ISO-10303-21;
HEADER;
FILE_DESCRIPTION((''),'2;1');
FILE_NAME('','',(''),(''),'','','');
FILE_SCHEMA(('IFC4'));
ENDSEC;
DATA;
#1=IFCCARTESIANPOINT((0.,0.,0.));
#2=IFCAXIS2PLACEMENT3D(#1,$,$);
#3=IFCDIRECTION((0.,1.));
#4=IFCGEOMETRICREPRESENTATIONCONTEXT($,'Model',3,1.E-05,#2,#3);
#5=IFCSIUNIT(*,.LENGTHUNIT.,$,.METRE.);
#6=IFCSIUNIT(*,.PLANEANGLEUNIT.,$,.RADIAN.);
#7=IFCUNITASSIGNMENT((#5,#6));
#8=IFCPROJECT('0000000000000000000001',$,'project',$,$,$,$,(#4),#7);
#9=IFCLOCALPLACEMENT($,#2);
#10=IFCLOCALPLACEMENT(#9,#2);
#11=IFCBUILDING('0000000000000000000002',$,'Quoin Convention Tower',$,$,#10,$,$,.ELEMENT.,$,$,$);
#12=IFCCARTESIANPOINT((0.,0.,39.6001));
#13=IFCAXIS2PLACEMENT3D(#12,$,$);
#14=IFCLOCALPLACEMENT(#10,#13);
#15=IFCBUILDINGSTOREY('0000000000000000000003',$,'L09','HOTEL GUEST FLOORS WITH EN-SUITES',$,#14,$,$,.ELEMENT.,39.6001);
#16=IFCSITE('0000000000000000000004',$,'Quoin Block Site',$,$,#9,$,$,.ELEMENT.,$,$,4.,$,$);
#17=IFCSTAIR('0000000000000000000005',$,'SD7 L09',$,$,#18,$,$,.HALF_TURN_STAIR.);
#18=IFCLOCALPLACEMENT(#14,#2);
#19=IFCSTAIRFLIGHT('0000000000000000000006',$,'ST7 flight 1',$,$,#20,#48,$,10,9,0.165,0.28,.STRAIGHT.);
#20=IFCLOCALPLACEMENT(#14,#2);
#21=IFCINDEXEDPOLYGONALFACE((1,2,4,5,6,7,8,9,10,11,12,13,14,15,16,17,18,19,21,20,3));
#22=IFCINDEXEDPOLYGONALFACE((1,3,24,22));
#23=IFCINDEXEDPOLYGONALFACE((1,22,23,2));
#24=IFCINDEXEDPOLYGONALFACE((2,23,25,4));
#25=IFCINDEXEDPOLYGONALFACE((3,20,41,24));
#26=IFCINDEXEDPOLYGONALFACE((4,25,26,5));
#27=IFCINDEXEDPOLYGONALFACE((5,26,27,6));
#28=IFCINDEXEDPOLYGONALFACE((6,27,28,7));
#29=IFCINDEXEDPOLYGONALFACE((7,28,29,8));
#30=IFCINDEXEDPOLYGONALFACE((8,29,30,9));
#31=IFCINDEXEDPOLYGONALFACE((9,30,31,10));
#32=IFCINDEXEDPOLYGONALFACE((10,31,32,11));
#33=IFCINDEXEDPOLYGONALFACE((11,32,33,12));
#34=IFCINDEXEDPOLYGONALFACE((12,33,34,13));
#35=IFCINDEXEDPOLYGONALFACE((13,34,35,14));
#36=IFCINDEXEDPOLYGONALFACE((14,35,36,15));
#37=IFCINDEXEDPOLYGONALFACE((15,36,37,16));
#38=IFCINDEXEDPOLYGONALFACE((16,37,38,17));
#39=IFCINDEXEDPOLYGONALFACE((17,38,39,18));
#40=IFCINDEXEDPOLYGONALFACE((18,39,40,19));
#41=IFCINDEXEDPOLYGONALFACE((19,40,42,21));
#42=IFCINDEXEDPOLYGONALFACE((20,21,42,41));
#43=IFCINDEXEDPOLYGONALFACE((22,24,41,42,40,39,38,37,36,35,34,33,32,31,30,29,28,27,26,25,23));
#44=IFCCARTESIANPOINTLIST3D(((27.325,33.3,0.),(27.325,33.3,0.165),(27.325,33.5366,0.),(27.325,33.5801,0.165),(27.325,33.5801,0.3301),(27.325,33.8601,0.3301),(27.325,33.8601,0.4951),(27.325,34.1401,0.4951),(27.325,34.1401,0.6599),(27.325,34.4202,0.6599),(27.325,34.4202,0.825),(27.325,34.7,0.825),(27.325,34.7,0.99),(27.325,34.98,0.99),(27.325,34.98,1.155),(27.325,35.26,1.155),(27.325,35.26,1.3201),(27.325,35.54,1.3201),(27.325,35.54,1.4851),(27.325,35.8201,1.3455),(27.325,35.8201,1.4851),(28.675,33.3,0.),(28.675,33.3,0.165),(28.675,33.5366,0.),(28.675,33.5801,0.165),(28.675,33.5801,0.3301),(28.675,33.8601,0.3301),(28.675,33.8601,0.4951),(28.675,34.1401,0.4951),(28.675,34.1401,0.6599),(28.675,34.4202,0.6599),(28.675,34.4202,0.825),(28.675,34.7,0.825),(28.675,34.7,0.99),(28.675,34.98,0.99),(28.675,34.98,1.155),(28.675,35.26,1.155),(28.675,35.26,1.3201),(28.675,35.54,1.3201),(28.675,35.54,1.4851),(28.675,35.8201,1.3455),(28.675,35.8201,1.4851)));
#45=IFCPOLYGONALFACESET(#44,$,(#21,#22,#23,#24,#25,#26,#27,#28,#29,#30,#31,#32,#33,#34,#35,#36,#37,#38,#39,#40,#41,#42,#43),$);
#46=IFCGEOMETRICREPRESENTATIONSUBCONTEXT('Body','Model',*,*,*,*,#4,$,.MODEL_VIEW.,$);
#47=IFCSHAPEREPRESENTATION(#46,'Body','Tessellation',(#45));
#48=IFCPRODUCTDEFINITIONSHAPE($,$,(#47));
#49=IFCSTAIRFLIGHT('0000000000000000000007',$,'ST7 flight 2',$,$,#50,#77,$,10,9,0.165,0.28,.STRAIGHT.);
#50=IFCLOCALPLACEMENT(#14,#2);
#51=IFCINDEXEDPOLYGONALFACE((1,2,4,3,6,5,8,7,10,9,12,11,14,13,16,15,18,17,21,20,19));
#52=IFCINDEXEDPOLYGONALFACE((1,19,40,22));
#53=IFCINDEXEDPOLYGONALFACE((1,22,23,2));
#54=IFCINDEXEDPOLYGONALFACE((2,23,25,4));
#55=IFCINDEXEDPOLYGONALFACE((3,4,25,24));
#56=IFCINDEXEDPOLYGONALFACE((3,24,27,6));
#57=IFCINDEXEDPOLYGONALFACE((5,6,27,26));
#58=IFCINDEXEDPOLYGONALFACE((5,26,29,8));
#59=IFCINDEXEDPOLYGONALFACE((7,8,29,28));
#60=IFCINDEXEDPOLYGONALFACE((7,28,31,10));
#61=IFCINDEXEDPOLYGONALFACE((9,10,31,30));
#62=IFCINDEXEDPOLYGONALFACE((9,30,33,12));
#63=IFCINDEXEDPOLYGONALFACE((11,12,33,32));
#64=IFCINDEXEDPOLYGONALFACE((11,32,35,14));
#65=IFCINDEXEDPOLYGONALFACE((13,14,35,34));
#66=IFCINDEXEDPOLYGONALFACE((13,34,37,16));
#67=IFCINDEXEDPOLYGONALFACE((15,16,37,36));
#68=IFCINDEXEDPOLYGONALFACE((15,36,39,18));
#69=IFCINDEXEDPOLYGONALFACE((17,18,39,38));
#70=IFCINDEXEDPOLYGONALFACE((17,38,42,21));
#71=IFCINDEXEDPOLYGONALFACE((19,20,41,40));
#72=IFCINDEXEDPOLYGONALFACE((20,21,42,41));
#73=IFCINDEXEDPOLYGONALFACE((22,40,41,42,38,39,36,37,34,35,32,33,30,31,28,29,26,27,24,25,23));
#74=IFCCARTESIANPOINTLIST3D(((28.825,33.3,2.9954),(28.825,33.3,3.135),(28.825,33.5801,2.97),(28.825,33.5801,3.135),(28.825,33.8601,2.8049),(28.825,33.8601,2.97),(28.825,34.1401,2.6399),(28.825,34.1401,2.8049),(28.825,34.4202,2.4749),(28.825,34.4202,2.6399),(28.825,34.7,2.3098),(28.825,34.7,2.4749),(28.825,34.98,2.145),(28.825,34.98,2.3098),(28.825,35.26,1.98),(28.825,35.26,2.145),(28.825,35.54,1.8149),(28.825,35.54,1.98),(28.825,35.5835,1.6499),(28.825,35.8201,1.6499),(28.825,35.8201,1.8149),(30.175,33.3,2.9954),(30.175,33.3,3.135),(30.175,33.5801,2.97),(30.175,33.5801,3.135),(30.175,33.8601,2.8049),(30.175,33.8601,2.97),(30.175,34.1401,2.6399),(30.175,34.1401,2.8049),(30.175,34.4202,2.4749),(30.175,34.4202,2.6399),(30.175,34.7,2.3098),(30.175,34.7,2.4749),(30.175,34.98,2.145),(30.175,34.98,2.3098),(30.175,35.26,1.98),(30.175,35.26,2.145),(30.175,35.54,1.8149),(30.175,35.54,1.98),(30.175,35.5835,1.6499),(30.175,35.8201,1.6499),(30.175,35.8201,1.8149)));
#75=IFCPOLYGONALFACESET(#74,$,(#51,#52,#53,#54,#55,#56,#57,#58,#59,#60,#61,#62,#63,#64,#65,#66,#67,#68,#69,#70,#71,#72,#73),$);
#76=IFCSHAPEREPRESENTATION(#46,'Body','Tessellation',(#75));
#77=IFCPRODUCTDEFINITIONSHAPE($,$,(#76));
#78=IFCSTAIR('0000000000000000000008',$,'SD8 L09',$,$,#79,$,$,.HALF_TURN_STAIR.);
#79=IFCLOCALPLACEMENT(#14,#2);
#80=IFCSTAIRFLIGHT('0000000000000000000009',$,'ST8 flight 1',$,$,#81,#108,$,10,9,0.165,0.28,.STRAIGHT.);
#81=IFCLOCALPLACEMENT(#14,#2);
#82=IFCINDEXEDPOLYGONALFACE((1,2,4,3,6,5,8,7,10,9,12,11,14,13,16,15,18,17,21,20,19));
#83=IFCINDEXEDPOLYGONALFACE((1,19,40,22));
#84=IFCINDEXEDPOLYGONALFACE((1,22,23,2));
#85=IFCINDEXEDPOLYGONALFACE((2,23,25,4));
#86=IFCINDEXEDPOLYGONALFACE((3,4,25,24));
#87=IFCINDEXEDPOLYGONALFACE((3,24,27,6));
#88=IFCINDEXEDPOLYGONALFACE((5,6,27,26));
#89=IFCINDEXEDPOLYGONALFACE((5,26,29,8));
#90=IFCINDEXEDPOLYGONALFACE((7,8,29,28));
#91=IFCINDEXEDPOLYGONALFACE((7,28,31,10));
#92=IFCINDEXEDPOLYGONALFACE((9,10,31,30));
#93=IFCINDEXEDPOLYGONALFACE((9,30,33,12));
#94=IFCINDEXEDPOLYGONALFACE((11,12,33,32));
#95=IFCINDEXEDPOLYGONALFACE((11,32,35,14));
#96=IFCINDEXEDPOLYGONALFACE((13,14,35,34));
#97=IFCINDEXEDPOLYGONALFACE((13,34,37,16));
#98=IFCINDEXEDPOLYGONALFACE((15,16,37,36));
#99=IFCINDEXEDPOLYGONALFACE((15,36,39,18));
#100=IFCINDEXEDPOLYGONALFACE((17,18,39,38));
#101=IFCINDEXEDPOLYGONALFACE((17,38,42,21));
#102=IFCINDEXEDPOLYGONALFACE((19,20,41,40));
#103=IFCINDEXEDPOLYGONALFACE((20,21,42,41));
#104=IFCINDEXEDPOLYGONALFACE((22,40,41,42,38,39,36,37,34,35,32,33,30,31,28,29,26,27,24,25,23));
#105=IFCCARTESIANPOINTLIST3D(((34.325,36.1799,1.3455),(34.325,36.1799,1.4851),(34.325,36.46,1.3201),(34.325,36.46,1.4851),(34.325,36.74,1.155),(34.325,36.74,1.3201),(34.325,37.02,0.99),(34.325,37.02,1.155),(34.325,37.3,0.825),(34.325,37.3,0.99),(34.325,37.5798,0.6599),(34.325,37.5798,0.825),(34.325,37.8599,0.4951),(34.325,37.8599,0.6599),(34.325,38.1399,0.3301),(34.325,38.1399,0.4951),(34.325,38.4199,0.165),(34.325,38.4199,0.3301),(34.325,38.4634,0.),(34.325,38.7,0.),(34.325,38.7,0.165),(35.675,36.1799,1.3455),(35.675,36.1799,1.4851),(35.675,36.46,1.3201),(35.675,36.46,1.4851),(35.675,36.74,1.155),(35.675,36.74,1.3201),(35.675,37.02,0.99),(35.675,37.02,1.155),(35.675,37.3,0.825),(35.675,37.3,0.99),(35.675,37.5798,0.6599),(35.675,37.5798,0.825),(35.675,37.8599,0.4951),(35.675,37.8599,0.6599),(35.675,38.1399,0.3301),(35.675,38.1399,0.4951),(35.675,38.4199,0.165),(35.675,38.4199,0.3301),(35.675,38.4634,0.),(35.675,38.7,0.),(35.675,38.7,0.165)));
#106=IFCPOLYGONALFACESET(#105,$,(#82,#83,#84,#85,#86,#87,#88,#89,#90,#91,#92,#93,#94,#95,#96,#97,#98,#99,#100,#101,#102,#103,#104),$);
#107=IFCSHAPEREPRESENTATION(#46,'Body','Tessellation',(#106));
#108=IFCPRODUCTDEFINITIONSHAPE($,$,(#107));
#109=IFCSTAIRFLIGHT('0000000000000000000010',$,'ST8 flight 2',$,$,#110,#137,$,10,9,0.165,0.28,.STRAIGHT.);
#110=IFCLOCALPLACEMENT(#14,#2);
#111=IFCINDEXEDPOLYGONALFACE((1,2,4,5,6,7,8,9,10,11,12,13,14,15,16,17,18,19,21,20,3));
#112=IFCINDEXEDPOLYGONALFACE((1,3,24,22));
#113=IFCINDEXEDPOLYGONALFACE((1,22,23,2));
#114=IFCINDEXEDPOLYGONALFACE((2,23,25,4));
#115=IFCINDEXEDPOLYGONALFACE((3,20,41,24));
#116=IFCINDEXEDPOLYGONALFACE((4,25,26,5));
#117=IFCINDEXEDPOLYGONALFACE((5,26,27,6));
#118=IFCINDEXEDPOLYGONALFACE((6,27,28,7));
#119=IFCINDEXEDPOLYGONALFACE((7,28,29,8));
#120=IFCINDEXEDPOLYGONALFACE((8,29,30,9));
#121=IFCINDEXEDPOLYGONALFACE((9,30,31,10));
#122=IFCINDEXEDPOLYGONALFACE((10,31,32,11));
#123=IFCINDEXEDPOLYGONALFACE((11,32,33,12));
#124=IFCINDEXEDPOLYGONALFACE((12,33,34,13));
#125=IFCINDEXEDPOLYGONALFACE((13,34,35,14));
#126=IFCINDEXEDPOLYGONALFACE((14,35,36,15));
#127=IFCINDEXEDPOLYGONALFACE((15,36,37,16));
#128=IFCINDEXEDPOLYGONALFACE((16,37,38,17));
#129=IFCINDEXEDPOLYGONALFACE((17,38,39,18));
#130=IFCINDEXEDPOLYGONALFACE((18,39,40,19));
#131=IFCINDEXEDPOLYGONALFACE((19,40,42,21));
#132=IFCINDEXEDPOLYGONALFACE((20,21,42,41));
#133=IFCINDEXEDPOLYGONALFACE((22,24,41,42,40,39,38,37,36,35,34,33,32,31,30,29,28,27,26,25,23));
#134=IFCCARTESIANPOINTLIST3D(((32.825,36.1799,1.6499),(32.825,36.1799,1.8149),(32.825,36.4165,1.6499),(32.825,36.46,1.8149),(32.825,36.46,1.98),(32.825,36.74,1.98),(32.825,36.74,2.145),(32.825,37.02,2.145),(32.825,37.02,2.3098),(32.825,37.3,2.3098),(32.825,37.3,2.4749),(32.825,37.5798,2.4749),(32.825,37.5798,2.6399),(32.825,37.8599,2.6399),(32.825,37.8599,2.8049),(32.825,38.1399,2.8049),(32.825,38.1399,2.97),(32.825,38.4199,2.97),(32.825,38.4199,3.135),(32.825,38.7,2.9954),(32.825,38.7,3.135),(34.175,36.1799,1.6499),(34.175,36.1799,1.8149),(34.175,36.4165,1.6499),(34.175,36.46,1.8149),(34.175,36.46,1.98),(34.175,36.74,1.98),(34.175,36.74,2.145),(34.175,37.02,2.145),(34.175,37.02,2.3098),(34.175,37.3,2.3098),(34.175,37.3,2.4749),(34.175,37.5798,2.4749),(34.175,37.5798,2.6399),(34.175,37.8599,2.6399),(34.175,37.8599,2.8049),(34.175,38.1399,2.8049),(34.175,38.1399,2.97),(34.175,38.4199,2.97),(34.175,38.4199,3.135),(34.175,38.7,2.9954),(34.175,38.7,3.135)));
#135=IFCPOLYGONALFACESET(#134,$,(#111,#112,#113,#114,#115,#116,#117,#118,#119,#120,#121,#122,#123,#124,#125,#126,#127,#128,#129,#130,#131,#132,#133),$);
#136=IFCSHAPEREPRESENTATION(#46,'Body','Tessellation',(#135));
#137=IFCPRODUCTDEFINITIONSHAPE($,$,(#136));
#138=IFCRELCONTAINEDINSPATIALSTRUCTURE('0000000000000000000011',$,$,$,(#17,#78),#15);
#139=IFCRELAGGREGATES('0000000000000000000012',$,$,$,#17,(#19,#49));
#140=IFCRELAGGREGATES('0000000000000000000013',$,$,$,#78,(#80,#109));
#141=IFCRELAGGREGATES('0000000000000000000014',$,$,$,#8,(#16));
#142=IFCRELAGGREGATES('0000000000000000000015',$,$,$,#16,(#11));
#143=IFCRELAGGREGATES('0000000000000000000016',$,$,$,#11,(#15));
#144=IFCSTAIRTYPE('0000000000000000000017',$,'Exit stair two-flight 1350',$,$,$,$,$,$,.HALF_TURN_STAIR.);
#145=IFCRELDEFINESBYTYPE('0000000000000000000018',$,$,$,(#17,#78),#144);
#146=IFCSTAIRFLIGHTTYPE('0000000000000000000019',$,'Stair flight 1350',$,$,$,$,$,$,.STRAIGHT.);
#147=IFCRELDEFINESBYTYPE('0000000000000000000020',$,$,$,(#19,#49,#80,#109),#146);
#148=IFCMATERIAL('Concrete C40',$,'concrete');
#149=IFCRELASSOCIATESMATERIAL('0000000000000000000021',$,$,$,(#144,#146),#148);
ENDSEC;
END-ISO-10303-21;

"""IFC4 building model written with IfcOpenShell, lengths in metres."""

from ifc_helpers import new_model, si_unit, direction, frame, origin, place, context, subcontext, project, spatial, polyline, outline, extrude, material, type_object, element, aggregate, save


model = new_model("IFC4")

# Units and contexts
model_context = context("Model", 3, precision=1e-05, world=origin(), true_north=direction((0.0, 1.0)))
body_context = subcontext(model_context, "Body", "Model", "MODEL_VIEW")
ifc_project = project(units=[si_unit("LENGTHUNIT", "METRE"), si_unit("PLANEANGLEUNIT", "RADIAN")], contexts=[model_context])

# Site, building, storey
site_placement = place(None, origin())
site = spatial("IfcSite", under=ifc_project, at=site_placement, Name="Quoin Block Site", CompositionType="ELEMENT", RefElevation=4.0)
building_placement = place(site_placement, origin())
building = spatial("IfcBuilding", under=site, at=building_placement, Name="Quoin Convention Tower", CompositionType="ELEMENT")
storey_placement = place(building_placement, frame((0.0, 0.0, 39.6001)))
storey = spatial("IfcBuildingStorey", under=building, at=storey_placement, Name="L09", Description="HOTEL GUEST FLOORS WITH EN-SUITES", CompositionType="ELEMENT", Elevation=39.6001)

# Stairs, stair flights
ifc_material_1 = material(Name="Concrete C40", Category="concrete")
stair_type = type_object("IfcStairType", Name="Exit stair two-flight 1350", PredefinedType="HALF_TURN_STAIR", material=ifc_material_1)
stair_1_placement = place(storey_placement, origin())
stair_1 = element("IfcStair", 1, at=stair_1_placement, inside=storey, type_object=stair_type, Name="SD7 L09", PredefinedType="HALF_TURN_STAIR")
stair_flight_type = type_object("IfcStairFlightType", Name="Stair flight 1350", PredefinedType="STRAIGHT", material=ifc_material_1)
stair_flight_1_placement = place(storey_placement, frame((28.0, 33.3, 0.0), z_axis=(0.0, 0.0, 1.0), x_axis=(0.0, 1.0, 0.0)))
stair_flight_1 = element("IfcStairFlight", 2, at=stair_flight_1_placement, type_object=stair_flight_type, Name="ST7 flight 1", NumberOfRisers=10, NumberOfTreads=9, PredefinedType="STRAIGHT", RiserHeight=0.165, TreadLength=0.28, context=body_context, shape_type="SweptSolid", body=[
    extrude(outline(polyline([(0.0, 0.0), (0.0, 0.165), (0.28, 0.165), (0.28, 0.3301), (0.5601, 0.3301), (0.5601, 0.4951), (0.8401, 0.4951), (0.8401, 0.6599), (1.1201, 0.6599), (1.1201, 0.825), (1.3999, 0.825), (1.3999, 0.99), (1.6799, 0.99), (1.6799, 1.155), (1.96, 1.155), (1.96, 1.3201), (2.24, 1.3201), (2.24, 1.4851), (2.52, 1.4851), (2.52, 1.6499), (2.52, 1.3455), (0.2366, 0.0), (0.0, 0.0)])), frame((0.0, 0.675, 0.0), z_axis=(0.0, -1.0, 0.0), x_axis=(1.0, 0.0, 0.0)), (0.0, 0.0, 1.0), 1.3501),
])
stair_flight_2_placement = place(storey_placement, frame((29.5, 35.8201, 1.6499), z_axis=(0.0, 0.0, 1.0), x_axis=(0.0, -1.0, 0.0)))
stair_flight_2 = element("IfcStairFlight", 3, at=stair_flight_2_placement, type_object=stair_flight_type, Name="ST7 flight 2", NumberOfRisers=10, NumberOfTreads=9, PredefinedType="STRAIGHT", RiserHeight=0.165, TreadLength=0.28, context=body_context, shape_type="SweptSolid", body=[
    extrude(outline(polyline([(0.0, 0.0), (0.0, 0.165), (0.28, 0.165), (0.28, 0.3301), (0.5601, 0.3301), (0.5601, 0.4951), (0.8401, 0.4951), (0.8401, 0.6599), (1.1201, 0.6599), (1.1201, 0.825), (1.3999, 0.825), (1.3999, 0.99), (1.6799, 0.99), (1.6799, 1.155), (1.96, 1.155), (1.96, 1.3201), (2.24, 1.3201), (2.24, 1.4851), (2.52, 1.4851), (2.52, 1.6499), (2.52, 1.3455), (0.2366, 0.0), (0.0, 0.0)])), frame((0.0, 0.675, 0.0), z_axis=(0.0, -1.0, 0.0), x_axis=(1.0, 0.0, 0.0)), (0.0, 0.0, 1.0), 1.3501),
])
aggregate(stair_1, [stair_flight_1, stair_flight_2])
stair_2_placement = place(storey_placement, origin())
stair_2 = element("IfcStair", 4, at=stair_2_placement, inside=storey, type_object=stair_type, Name="SD8 L09", PredefinedType="HALF_TURN_STAIR")
stair_flight_3_placement = place(storey_placement, frame((35.0, 38.7, 0.0), z_axis=(0.0, 0.0, 1.0), x_axis=(0.0, -1.0, 0.0)))
stair_flight_3 = element("IfcStairFlight", 5, at=stair_flight_3_placement, type_object=stair_flight_type, Name="ST8 flight 1", NumberOfRisers=10, NumberOfTreads=9, PredefinedType="STRAIGHT", RiserHeight=0.165, TreadLength=0.28, context=body_context, shape_type="SweptSolid", body=[
    extrude(outline(polyline([(0.0, 0.0), (0.0, 0.165), (0.28, 0.165), (0.28, 0.3301), (0.5601, 0.3301), (0.5601, 0.4951), (0.8401, 0.4951), (0.8401, 0.6599), (1.1201, 0.6599), (1.1201, 0.825), (1.3999, 0.825), (1.3999, 0.99), (1.6799, 0.99), (1.6799, 1.155), (1.96, 1.155), (1.96, 1.3201), (2.24, 1.3201), (2.24, 1.4851), (2.52, 1.4851), (2.52, 1.6499), (2.52, 1.3455), (0.2366, 0.0), (0.0, 0.0)])), frame((0.0, 0.675, 0.0), z_axis=(0.0, -1.0, 0.0), x_axis=(1.0, 0.0, 0.0)), (0.0, 0.0, 1.0), 1.3501),
])
stair_flight_4_placement = place(storey_placement, frame((33.5, 36.1799, 1.6499), z_axis=(0.0, 0.0, 1.0), x_axis=(0.0, 1.0, 0.0)))
stair_flight_4 = element("IfcStairFlight", 6, at=stair_flight_4_placement, type_object=stair_flight_type, Name="ST8 flight 2", NumberOfRisers=10, NumberOfTreads=9, PredefinedType="STRAIGHT", RiserHeight=0.165, TreadLength=0.28, context=body_context, shape_type="SweptSolid", body=[
    extrude(outline(polyline([(0.0, 0.0), (0.0, 0.165), (0.28, 0.165), (0.28, 0.3301), (0.5601, 0.3301), (0.5601, 0.4951), (0.8401, 0.4951), (0.8401, 0.6599), (1.1201, 0.6599), (1.1201, 0.825), (1.3999, 0.825), (1.3999, 0.99), (1.6799, 0.99), (1.6799, 1.155), (1.96, 1.155), (1.96, 1.3201), (2.24, 1.3201), (2.24, 1.4851), (2.52, 1.4851), (2.52, 1.6499), (2.52, 1.3455), (0.2366, 0.0), (0.0, 0.0)])), frame((0.0, 0.675, 0.0), z_axis=(0.0, -1.0, 0.0), x_axis=(1.0, 0.0, 0.0)), (0.0, 0.0, 1.0), 1.3501),
])
aggregate(stair_2, [stair_flight_3, stair_flight_4])

save(model, "model.ifc")
